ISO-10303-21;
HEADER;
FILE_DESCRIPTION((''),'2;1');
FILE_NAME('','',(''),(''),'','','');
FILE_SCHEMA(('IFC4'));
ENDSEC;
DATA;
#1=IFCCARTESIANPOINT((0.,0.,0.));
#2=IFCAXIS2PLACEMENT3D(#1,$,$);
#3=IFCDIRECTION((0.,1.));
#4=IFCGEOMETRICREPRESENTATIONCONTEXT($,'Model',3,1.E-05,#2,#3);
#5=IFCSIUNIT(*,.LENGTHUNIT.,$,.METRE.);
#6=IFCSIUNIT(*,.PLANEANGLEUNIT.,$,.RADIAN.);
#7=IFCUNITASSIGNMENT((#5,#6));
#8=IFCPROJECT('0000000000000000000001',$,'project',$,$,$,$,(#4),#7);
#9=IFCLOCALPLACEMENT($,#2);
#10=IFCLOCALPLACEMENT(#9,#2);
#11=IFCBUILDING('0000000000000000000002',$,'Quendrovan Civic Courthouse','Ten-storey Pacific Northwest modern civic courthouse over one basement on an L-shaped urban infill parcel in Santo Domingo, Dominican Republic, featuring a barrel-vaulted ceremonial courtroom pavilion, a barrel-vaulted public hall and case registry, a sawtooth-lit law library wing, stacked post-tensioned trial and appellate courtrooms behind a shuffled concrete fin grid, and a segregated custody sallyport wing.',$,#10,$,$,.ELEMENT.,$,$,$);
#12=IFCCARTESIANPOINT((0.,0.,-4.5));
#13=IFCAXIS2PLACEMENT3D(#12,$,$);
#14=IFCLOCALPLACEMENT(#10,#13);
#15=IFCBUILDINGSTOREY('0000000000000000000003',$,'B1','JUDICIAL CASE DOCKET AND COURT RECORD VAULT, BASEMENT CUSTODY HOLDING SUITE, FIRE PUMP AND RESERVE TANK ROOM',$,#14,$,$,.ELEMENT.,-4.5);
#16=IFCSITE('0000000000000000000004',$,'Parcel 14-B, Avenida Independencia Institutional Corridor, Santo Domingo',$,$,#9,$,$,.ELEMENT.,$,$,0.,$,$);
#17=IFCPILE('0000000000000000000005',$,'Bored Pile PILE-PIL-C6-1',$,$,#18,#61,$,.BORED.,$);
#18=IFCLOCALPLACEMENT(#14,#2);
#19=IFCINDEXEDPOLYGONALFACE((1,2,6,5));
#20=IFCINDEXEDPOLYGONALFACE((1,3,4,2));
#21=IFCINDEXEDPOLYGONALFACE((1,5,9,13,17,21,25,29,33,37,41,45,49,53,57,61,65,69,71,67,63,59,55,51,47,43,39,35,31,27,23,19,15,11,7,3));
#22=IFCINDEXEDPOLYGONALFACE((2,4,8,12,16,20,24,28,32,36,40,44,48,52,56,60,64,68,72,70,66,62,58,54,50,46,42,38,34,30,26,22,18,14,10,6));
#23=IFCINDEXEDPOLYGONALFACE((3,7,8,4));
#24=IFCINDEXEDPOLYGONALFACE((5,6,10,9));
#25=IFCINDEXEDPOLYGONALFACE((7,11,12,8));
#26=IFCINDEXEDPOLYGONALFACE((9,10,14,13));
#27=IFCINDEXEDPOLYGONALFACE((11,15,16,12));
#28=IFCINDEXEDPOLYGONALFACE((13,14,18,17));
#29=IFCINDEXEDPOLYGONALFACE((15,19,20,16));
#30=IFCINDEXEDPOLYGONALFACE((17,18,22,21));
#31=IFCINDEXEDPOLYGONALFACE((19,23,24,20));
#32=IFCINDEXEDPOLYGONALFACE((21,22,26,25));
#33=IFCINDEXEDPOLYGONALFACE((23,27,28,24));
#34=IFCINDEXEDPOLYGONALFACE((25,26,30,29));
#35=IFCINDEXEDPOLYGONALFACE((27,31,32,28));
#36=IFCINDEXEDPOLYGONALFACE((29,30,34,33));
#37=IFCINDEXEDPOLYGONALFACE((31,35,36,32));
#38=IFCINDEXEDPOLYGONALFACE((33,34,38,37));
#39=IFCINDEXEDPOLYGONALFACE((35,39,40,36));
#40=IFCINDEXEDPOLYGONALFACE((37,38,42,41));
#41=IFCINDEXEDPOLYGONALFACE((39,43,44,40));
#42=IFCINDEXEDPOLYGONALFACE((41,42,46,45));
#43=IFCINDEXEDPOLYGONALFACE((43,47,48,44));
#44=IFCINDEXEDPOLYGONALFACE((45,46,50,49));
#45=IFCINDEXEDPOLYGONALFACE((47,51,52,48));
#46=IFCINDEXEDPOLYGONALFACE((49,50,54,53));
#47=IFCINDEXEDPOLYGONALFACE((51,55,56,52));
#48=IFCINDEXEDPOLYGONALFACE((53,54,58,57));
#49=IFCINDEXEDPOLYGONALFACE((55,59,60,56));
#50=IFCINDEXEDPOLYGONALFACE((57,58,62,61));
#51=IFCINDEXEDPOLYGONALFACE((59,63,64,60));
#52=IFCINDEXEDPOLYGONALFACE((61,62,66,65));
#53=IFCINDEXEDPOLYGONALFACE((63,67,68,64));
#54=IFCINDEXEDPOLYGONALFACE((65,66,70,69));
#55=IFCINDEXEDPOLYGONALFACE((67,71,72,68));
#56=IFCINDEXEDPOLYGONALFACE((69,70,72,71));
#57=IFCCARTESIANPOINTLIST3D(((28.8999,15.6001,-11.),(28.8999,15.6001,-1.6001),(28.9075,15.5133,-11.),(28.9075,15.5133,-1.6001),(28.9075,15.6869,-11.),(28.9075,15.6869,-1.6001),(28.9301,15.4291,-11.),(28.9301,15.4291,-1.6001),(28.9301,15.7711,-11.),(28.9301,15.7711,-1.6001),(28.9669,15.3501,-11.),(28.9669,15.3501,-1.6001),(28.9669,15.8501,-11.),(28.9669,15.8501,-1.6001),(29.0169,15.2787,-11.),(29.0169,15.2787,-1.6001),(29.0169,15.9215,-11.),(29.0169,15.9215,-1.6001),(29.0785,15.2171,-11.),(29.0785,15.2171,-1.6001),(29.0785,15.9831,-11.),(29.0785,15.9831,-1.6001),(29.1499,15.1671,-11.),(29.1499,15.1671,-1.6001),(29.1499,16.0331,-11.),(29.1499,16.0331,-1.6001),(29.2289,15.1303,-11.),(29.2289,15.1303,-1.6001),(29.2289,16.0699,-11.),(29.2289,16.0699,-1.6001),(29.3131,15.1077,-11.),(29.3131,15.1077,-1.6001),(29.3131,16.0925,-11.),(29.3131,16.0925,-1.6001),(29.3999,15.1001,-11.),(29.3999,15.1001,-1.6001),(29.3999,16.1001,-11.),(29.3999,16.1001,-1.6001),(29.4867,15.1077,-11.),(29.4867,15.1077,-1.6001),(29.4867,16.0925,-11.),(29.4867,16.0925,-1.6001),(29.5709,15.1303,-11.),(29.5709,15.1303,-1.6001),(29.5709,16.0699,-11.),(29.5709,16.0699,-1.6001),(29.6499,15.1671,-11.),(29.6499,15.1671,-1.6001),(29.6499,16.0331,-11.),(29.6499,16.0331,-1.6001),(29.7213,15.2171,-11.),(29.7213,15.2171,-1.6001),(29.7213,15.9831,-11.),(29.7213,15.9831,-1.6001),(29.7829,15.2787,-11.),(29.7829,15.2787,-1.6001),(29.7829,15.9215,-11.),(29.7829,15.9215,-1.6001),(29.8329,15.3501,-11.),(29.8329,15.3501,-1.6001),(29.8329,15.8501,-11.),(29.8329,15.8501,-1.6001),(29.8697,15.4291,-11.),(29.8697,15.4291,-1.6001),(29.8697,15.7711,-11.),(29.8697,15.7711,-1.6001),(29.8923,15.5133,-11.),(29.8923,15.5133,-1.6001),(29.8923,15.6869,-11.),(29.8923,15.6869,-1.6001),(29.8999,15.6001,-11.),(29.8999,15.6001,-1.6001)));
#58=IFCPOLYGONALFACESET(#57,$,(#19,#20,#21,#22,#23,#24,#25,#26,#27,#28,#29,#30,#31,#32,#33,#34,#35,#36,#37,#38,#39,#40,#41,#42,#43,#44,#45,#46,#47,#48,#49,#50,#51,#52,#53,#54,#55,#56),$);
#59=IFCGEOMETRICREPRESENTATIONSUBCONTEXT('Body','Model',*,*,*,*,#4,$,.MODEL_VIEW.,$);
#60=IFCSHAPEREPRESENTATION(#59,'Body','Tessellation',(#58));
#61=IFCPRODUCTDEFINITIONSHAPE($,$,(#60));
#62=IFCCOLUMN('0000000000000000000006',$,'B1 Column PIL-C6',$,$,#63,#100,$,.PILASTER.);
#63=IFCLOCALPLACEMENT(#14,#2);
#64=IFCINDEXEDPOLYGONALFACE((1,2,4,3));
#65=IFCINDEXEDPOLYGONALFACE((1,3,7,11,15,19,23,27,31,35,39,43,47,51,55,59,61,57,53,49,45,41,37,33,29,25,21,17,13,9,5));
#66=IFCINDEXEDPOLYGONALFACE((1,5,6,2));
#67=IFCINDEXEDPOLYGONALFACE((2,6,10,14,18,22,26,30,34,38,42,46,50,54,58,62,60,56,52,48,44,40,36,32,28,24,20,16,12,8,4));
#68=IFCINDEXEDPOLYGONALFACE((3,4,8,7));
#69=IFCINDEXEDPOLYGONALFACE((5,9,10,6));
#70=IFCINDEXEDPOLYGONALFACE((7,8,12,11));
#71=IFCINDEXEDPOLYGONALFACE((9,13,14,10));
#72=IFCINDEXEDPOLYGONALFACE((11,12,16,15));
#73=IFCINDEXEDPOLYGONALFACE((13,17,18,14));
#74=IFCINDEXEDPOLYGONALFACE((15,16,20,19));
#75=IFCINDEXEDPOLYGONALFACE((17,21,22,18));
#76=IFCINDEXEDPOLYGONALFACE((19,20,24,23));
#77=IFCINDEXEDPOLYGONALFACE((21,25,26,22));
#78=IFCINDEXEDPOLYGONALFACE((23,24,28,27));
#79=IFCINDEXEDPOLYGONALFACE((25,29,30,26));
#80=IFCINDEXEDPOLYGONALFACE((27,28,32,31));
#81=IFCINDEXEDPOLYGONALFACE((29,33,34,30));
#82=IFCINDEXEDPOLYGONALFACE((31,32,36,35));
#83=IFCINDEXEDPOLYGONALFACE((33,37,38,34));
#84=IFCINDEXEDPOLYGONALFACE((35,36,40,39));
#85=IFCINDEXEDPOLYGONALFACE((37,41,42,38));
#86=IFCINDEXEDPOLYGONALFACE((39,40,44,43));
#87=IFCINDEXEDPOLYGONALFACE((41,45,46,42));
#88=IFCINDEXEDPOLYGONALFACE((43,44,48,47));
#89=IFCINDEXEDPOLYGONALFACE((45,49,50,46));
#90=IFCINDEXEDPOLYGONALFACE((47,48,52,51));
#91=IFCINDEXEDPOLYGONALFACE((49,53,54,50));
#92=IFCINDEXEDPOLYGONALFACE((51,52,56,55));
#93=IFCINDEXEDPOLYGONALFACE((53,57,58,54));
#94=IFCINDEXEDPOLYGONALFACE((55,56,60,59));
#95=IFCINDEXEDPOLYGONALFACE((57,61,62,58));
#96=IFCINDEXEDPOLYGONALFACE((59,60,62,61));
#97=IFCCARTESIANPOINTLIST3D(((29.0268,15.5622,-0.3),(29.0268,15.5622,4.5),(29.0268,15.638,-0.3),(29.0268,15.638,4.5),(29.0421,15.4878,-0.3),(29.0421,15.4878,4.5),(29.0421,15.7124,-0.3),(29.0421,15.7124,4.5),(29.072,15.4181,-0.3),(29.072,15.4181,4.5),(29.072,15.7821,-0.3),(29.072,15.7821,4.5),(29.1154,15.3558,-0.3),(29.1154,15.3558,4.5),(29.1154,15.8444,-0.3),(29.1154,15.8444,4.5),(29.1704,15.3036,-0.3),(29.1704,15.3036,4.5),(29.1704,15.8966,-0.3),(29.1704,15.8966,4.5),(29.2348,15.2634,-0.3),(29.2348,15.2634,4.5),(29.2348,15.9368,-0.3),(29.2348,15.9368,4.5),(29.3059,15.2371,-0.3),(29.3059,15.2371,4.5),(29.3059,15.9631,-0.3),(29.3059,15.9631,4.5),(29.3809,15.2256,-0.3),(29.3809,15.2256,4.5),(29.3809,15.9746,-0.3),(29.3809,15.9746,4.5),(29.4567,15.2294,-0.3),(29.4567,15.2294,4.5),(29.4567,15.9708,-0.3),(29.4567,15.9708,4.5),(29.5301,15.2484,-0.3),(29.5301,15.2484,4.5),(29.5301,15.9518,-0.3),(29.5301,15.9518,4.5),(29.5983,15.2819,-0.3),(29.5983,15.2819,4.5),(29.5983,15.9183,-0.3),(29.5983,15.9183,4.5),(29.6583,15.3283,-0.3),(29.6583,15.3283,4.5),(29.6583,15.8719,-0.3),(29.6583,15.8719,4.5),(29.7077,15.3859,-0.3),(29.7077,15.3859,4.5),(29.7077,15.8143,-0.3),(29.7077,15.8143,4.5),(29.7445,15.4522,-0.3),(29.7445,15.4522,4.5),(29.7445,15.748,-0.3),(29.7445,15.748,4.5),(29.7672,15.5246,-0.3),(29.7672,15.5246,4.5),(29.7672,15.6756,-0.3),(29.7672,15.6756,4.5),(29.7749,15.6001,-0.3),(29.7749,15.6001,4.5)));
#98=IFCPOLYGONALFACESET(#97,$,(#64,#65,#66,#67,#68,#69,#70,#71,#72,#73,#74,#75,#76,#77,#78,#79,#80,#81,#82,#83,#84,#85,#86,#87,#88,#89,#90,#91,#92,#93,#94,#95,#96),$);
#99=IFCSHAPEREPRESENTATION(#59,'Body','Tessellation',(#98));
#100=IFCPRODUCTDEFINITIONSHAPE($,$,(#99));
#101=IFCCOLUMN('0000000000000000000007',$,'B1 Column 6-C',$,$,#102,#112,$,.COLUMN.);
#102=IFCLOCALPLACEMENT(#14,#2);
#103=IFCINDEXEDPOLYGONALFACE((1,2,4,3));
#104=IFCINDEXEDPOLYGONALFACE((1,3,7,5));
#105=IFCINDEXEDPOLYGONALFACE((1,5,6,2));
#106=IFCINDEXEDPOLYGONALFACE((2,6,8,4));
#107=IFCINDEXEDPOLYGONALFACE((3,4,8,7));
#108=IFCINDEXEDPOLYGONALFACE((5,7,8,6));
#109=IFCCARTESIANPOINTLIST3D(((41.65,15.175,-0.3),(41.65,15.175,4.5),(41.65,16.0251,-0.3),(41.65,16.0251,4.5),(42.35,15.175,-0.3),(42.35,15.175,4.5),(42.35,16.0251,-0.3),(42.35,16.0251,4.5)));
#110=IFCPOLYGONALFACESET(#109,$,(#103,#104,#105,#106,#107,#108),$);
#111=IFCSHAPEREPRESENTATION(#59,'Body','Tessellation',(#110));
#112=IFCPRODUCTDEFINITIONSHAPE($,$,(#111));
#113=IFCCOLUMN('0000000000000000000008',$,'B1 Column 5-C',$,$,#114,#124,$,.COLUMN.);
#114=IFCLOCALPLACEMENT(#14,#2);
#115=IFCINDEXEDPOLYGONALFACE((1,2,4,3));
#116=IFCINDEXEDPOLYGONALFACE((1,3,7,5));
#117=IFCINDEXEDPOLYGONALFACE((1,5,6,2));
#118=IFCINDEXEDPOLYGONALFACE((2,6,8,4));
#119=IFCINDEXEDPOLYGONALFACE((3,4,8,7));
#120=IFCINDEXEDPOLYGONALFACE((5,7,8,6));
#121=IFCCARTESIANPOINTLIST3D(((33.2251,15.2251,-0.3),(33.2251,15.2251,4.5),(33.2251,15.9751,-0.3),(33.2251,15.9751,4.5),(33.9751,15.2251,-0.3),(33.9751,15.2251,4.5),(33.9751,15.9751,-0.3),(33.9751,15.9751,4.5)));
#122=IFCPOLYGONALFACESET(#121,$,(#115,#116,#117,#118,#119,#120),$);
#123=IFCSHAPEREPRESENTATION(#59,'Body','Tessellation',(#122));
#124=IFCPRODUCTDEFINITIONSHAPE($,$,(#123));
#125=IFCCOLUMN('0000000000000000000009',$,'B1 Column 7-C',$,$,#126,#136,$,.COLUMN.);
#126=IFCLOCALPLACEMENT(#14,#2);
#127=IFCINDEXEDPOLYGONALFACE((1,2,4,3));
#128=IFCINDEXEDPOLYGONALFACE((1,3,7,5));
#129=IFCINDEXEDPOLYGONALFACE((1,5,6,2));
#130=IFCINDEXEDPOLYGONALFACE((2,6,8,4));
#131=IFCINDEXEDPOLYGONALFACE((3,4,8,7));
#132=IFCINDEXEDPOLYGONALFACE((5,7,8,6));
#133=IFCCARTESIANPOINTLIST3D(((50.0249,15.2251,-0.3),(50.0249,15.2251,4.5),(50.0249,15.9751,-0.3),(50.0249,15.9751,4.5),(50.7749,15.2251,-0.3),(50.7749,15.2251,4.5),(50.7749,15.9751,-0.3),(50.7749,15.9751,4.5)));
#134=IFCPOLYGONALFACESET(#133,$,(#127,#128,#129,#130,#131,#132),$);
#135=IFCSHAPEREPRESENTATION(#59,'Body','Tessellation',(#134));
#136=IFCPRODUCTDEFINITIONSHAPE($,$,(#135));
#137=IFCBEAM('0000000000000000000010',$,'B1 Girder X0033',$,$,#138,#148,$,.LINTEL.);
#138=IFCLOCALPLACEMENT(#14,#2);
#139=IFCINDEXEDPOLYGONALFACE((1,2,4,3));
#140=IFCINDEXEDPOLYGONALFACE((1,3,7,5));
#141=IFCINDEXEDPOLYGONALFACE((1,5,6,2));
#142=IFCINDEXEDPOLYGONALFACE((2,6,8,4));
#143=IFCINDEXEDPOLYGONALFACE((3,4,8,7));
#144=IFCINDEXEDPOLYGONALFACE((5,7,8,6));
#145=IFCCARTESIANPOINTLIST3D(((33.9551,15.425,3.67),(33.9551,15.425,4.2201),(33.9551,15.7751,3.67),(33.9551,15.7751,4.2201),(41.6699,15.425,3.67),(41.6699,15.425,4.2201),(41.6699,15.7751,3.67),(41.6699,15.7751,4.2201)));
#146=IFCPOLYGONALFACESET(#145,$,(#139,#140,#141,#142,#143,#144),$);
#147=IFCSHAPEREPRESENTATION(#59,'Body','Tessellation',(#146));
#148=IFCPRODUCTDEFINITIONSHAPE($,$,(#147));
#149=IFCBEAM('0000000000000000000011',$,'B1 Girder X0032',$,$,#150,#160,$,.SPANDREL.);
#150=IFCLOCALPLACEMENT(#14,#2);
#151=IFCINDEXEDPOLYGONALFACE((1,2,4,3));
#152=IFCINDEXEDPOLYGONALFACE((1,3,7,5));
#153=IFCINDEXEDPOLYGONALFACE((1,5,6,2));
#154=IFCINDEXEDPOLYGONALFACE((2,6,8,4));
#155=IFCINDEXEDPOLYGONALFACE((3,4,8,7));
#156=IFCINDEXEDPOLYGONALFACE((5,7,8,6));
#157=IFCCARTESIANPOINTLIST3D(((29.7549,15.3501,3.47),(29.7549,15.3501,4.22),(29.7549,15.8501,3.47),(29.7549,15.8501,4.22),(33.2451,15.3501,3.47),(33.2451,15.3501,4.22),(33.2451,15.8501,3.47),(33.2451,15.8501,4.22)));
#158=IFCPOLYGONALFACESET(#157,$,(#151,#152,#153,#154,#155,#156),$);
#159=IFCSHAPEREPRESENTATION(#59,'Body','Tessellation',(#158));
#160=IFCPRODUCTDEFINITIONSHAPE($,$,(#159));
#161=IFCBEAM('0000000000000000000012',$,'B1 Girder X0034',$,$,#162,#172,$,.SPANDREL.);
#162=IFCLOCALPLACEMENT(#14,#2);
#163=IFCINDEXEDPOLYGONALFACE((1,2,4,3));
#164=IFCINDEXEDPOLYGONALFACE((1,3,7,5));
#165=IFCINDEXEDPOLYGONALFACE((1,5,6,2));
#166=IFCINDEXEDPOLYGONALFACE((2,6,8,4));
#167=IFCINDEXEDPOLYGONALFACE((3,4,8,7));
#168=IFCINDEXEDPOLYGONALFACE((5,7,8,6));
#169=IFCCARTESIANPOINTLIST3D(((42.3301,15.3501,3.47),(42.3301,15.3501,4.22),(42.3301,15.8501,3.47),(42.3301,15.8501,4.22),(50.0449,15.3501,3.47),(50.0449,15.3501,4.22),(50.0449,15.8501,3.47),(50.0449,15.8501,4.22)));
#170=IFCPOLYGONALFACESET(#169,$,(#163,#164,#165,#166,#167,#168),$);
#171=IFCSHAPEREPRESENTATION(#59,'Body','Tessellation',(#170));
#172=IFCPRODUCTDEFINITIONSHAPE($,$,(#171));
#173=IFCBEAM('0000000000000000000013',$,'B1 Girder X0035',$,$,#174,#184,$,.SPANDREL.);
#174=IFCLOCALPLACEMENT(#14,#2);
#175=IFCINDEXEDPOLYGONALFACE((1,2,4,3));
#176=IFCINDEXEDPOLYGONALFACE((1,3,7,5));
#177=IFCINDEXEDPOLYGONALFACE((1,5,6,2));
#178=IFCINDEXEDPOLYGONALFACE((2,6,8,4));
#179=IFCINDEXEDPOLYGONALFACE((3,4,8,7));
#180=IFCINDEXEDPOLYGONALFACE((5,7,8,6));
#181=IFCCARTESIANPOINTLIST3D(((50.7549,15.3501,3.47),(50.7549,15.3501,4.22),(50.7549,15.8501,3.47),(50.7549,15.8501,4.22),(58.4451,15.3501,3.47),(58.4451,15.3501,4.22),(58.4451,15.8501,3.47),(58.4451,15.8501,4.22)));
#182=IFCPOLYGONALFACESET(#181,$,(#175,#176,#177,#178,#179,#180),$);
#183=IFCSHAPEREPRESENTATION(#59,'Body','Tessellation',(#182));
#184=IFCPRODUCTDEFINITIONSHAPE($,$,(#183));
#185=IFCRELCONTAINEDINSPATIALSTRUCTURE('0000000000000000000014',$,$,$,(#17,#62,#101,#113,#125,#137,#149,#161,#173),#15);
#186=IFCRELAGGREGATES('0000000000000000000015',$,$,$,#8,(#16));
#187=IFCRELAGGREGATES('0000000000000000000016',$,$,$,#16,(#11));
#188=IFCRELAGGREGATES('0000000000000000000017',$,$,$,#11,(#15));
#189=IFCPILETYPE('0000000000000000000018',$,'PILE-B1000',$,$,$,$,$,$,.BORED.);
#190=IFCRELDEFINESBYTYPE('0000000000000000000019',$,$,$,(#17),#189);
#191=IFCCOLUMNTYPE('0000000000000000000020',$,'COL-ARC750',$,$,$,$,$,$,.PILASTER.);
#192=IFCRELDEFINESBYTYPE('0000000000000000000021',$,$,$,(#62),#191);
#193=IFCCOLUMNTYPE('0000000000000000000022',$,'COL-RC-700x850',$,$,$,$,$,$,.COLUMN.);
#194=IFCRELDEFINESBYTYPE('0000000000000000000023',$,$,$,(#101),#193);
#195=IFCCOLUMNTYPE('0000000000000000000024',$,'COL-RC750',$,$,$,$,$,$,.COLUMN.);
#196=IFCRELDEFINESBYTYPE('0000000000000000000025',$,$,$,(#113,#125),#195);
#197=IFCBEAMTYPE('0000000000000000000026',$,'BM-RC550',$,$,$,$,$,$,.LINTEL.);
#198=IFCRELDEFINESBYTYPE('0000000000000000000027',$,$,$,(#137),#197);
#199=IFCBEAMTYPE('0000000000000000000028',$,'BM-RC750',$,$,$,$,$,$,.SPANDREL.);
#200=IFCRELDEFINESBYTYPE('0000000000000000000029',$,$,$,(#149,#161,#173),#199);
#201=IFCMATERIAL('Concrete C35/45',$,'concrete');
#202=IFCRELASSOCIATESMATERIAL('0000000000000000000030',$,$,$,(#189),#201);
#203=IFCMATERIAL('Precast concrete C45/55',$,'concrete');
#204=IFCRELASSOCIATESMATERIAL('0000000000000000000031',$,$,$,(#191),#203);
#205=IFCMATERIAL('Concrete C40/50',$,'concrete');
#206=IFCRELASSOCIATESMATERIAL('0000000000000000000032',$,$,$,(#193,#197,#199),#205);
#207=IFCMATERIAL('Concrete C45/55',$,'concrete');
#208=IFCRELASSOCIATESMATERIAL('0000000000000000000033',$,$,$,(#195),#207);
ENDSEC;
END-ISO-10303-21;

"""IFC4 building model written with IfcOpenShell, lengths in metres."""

from ifc_helpers import new_model, si_unit, direction, frame, origin, origin_2d, place, context, subcontext, project, spatial, rectangle, circle, extrude, material, material_profile, profile_set, type_object, element, save


model = new_model("IFC4")

# Units and contexts
model_context = context("Model", 3, precision=1e-05, world=origin(), true_north=direction((0.0, 1.0)))
body_context = subcontext(model_context, "Body", "Model", "MODEL_VIEW")
ifc_project = project(units=[si_unit("LENGTHUNIT", "METRE"), si_unit("PLANEANGLEUNIT", "RADIAN")], contexts=[model_context])

# Site, building, storey
site_placement = place(None, origin())
site = spatial("IfcSite", under=ifc_project, at=site_placement, Name="Parcel 14-B, Avenida Independencia Institutional Corridor, Santo Domingo", CompositionType="ELEMENT", RefElevation=0.0)
building_placement = place(site_placement, origin())
building = spatial("IfcBuilding", under=site, at=building_placement, Name="Quendrovan Civic Courthouse", Description="Ten-storey Pacific Northwest modern civic courthouse over one basement on an L-shaped urban infill parcel in Santo Domingo, Dominican Republic, featuring a barrel-vaulted ceremonial courtroom pavilion, a barrel-vaulted public hall and case registry, a sawtooth-lit law library wing, stacked post-tensioned trial and appellate courtrooms behind a shuffled concrete fin grid, and a segregated custody sallyport wing.", CompositionType="ELEMENT")
storey_placement = place(building_placement, frame((0.0, 0.0, -4.5)))
storey = spatial("IfcBuildingStorey", under=building, at=storey_placement, Name="B1", Description="JUDICIAL CASE DOCKET AND COURT RECORD VAULT, BASEMENT CUSTODY HOLDING SUITE, FIRE PUMP AND RESERVE TANK ROOM", CompositionType="ELEMENT", Elevation=-4.5)

# Shared definitions
ifc_material_1 = material(Name="Concrete C35/45", Category="concrete")

# Pile
ifc_material_profile_1 = material_profile(ifc_material_1, circle(Radius=0.5, at=origin_2d()), Name="PILE-D1000")
ifc_profile_set_1 = profile_set([ifc_material_profile_1], Name="Concrete C35/45")
pile_type = type_object("IfcPileType", Name="PILE-B1000", PredefinedType="BORED", material=ifc_profile_set_1)
pile_placement = place(storey_placement, frame((29.3999, 15.6001, -1.6001), z_axis=(0.0, 0.0, -1.0), x_axis=(1.0, 0.0, 0.0)))
element("IfcPile", 1, at=pile_placement, inside=storey, type_object=pile_type, Name="Bored Pile PILE-PIL-C6-1", PredefinedType="BORED", context=body_context, shape_type="SweptSolid", body=[
    extrude(circle(Radius=0.5, at=origin_2d()), origin(), (0.0, 0.0, 1.0), 9.3999),
])

# Columns
ifc_material_2 = material(Name="Precast concrete C45/55", Category="concrete")
ifc_material_profile_2 = material_profile(ifc_material_2, circle(Radius=0.375, at=origin_2d()), Name="RC-ARCADE-D750")
ifc_profile_set_2 = profile_set([ifc_material_profile_2], Name="Precast concrete C45/55")
column_type_1 = type_object("IfcColumnType", Name="COL-ARC750", PredefinedType="PILASTER", material=ifc_profile_set_2)
column_1_placement = place(storey_placement, frame((29.3999, 15.6001, -0.3), z_axis=(0.0, 0.0, 1.0), x_axis=(1.0, 0.0, 0.0)))
element("IfcColumn", 2, at=column_1_placement, inside=storey, type_object=column_type_1, Name="B1 Column PIL-C6", PredefinedType="PILASTER", context=body_context, shape_type="SweptSolid", body=[
    extrude(circle(Radius=0.375, at=origin_2d()), origin(), (0.0, 0.0, 1.0), 4.8),
])
ifc_material_3 = material(Name="Concrete C40/50", Category="concrete")
ifc_material_profile_3 = material_profile(ifc_material_3, rectangle(XDim=0.7, YDim=0.8501, at=origin_2d()), Name="RC-COL-700x850")
ifc_profile_set_3 = profile_set([ifc_material_profile_3], Name="Concrete C40/50")
column_type_2 = type_object("IfcColumnType", Name="COL-RC-700x850", PredefinedType="COLUMN", material=ifc_profile_set_3)
column_2_placement = place(storey_placement, frame((42.0, 15.6001, -0.3), z_axis=(0.0, 0.0, 1.0), x_axis=(1.0, 0.0, 0.0)))
element("IfcColumn", 3, at=column_2_placement, inside=storey, type_object=column_type_2, Name="B1 Column 6-C", PredefinedType="COLUMN", context=body_context, shape_type="SweptSolid", body=[
    extrude(rectangle(XDim=0.7, YDim=0.8501, at=origin_2d()), origin(), (0.0, 0.0, 1.0), 4.8),
])
ifc_material_4 = material(Name="Concrete C45/55", Category="concrete")
ifc_material_profile_4 = material_profile(ifc_material_4, rectangle(XDim=0.75, YDim=0.75, at=origin_2d()), Name="RC-COL-750x750")
ifc_profile_set_4 = profile_set([ifc_material_profile_4], Name="Concrete C45/55")
column_type_3 = type_object("IfcColumnType", Name="COL-RC750", PredefinedType="COLUMN", material=ifc_profile_set_4)
for number, where, z_axis, x_axis, name in (
    (4, (33.6001, 15.6001, -0.3), (0.0, 0.0, 1.0), (1.0, 0.0, 0.0), "B1 Column 5-C"),
    (5, (50.3999, 15.6001, -0.3), (0.0, 0.0, 1.0), (1.0, 0.0, 0.0), "B1 Column 7-C"),
):
    element("IfcColumn", number, at=place(storey_placement, frame(where, z_axis=z_axis, x_axis=x_axis)), inside=storey, type_object=column_type_3, Name=name, PredefinedType="COLUMN", context=body_context, shape_type="SweptSolid", body=[
        extrude(rectangle(XDim=0.75, YDim=0.75, at=origin_2d()), origin(), (0.0, 0.0, 1.0), 4.8),
    ])

# Beams
ifc_material_profile_5 = material_profile(ifc_material_3, rectangle(XDim=0.3501, YDim=0.55, at=origin_2d()), Name="RC-BM-350x550")
ifc_profile_set_5 = profile_set([ifc_material_profile_5], Name="Concrete C40/50")
beam_type_1 = type_object("IfcBeamType", Name="BM-RC550", PredefinedType="LINTEL", material=ifc_profile_set_5)
beam_1_placement = place(storey_placement, frame((33.9551, 15.6001, 3.9451), z_axis=(1.0, 0.0, 0.0), x_axis=(0.0, 1.0, 0.0)))
element("IfcBeam", 6, at=beam_1_placement, inside=storey, type_object=beam_type_1, Name="B1 Girder X0033", PredefinedType="LINTEL", context=body_context, shape_type="SweptSolid", body=[
    extrude(rectangle(XDim=0.3501, YDim=0.55, at=origin_2d()), origin(), (0.0, 0.0, 1.0), 7.7148),
])
ifc_material_profile_6 = material_profile(ifc_material_3, rectangle(XDim=0.5, YDim=0.75, at=origin_2d()), Name="RC-BM-500x750")
ifc_profile_set_6 = profile_set([ifc_material_profile_6], Name="Concrete C40/50")
beam_type_2 = type_object("IfcBeamType", Name="BM-RC750", PredefinedType="SPANDREL", material=ifc_profile_set_6)
beam_2_placement = place(storey_placement, frame((29.7549, 15.6001, 3.845), z_axis=(1.0, 0.0, 0.0), x_axis=(0.0, 1.0, 0.0)))
element("IfcBeam", 7, at=beam_2_placement, inside=storey, type_object=beam_type_2, Name="B1 Girder X0032", PredefinedType="SPANDREL", context=body_context, shape_type="SweptSolid", body=[
    extrude(rectangle(XDim=0.5, YDim=0.75, at=origin_2d()), origin(), (0.0, 0.0, 1.0), 3.4902),
])
beam_3_placement = place(storey_placement, frame((42.3301, 15.6001, 3.845), z_axis=(1.0, 0.0, 0.0), x_axis=(0.0, 1.0, 0.0)))
element("IfcBeam", 8, at=beam_3_placement, inside=storey, type_object=beam_type_2, Name="B1 Girder X0034", PredefinedType="SPANDREL", context=body_context, shape_type="SweptSolid", body=[
    extrude(rectangle(XDim=0.5, YDim=0.75, at=origin_2d()), origin(), (0.0, 0.0, 1.0), 7.7148),
])
beam_4_placement = place(storey_placement, frame((50.7549, 15.6001, 3.845), z_axis=(1.0, 0.0, 0.0), x_axis=(0.0, 1.0, 0.0)))
element("IfcBeam", 9, at=beam_4_placement, inside=storey, type_object=beam_type_2, Name="B1 Girder X0035", PredefinedType="SPANDREL", context=body_context, shape_type="SweptSolid", body=[
    extrude(rectangle(XDim=0.5, YDim=0.75, at=origin_2d()), origin(), (0.0, 0.0, 1.0), 7.6902),
])

save(model, "model.ifc")
